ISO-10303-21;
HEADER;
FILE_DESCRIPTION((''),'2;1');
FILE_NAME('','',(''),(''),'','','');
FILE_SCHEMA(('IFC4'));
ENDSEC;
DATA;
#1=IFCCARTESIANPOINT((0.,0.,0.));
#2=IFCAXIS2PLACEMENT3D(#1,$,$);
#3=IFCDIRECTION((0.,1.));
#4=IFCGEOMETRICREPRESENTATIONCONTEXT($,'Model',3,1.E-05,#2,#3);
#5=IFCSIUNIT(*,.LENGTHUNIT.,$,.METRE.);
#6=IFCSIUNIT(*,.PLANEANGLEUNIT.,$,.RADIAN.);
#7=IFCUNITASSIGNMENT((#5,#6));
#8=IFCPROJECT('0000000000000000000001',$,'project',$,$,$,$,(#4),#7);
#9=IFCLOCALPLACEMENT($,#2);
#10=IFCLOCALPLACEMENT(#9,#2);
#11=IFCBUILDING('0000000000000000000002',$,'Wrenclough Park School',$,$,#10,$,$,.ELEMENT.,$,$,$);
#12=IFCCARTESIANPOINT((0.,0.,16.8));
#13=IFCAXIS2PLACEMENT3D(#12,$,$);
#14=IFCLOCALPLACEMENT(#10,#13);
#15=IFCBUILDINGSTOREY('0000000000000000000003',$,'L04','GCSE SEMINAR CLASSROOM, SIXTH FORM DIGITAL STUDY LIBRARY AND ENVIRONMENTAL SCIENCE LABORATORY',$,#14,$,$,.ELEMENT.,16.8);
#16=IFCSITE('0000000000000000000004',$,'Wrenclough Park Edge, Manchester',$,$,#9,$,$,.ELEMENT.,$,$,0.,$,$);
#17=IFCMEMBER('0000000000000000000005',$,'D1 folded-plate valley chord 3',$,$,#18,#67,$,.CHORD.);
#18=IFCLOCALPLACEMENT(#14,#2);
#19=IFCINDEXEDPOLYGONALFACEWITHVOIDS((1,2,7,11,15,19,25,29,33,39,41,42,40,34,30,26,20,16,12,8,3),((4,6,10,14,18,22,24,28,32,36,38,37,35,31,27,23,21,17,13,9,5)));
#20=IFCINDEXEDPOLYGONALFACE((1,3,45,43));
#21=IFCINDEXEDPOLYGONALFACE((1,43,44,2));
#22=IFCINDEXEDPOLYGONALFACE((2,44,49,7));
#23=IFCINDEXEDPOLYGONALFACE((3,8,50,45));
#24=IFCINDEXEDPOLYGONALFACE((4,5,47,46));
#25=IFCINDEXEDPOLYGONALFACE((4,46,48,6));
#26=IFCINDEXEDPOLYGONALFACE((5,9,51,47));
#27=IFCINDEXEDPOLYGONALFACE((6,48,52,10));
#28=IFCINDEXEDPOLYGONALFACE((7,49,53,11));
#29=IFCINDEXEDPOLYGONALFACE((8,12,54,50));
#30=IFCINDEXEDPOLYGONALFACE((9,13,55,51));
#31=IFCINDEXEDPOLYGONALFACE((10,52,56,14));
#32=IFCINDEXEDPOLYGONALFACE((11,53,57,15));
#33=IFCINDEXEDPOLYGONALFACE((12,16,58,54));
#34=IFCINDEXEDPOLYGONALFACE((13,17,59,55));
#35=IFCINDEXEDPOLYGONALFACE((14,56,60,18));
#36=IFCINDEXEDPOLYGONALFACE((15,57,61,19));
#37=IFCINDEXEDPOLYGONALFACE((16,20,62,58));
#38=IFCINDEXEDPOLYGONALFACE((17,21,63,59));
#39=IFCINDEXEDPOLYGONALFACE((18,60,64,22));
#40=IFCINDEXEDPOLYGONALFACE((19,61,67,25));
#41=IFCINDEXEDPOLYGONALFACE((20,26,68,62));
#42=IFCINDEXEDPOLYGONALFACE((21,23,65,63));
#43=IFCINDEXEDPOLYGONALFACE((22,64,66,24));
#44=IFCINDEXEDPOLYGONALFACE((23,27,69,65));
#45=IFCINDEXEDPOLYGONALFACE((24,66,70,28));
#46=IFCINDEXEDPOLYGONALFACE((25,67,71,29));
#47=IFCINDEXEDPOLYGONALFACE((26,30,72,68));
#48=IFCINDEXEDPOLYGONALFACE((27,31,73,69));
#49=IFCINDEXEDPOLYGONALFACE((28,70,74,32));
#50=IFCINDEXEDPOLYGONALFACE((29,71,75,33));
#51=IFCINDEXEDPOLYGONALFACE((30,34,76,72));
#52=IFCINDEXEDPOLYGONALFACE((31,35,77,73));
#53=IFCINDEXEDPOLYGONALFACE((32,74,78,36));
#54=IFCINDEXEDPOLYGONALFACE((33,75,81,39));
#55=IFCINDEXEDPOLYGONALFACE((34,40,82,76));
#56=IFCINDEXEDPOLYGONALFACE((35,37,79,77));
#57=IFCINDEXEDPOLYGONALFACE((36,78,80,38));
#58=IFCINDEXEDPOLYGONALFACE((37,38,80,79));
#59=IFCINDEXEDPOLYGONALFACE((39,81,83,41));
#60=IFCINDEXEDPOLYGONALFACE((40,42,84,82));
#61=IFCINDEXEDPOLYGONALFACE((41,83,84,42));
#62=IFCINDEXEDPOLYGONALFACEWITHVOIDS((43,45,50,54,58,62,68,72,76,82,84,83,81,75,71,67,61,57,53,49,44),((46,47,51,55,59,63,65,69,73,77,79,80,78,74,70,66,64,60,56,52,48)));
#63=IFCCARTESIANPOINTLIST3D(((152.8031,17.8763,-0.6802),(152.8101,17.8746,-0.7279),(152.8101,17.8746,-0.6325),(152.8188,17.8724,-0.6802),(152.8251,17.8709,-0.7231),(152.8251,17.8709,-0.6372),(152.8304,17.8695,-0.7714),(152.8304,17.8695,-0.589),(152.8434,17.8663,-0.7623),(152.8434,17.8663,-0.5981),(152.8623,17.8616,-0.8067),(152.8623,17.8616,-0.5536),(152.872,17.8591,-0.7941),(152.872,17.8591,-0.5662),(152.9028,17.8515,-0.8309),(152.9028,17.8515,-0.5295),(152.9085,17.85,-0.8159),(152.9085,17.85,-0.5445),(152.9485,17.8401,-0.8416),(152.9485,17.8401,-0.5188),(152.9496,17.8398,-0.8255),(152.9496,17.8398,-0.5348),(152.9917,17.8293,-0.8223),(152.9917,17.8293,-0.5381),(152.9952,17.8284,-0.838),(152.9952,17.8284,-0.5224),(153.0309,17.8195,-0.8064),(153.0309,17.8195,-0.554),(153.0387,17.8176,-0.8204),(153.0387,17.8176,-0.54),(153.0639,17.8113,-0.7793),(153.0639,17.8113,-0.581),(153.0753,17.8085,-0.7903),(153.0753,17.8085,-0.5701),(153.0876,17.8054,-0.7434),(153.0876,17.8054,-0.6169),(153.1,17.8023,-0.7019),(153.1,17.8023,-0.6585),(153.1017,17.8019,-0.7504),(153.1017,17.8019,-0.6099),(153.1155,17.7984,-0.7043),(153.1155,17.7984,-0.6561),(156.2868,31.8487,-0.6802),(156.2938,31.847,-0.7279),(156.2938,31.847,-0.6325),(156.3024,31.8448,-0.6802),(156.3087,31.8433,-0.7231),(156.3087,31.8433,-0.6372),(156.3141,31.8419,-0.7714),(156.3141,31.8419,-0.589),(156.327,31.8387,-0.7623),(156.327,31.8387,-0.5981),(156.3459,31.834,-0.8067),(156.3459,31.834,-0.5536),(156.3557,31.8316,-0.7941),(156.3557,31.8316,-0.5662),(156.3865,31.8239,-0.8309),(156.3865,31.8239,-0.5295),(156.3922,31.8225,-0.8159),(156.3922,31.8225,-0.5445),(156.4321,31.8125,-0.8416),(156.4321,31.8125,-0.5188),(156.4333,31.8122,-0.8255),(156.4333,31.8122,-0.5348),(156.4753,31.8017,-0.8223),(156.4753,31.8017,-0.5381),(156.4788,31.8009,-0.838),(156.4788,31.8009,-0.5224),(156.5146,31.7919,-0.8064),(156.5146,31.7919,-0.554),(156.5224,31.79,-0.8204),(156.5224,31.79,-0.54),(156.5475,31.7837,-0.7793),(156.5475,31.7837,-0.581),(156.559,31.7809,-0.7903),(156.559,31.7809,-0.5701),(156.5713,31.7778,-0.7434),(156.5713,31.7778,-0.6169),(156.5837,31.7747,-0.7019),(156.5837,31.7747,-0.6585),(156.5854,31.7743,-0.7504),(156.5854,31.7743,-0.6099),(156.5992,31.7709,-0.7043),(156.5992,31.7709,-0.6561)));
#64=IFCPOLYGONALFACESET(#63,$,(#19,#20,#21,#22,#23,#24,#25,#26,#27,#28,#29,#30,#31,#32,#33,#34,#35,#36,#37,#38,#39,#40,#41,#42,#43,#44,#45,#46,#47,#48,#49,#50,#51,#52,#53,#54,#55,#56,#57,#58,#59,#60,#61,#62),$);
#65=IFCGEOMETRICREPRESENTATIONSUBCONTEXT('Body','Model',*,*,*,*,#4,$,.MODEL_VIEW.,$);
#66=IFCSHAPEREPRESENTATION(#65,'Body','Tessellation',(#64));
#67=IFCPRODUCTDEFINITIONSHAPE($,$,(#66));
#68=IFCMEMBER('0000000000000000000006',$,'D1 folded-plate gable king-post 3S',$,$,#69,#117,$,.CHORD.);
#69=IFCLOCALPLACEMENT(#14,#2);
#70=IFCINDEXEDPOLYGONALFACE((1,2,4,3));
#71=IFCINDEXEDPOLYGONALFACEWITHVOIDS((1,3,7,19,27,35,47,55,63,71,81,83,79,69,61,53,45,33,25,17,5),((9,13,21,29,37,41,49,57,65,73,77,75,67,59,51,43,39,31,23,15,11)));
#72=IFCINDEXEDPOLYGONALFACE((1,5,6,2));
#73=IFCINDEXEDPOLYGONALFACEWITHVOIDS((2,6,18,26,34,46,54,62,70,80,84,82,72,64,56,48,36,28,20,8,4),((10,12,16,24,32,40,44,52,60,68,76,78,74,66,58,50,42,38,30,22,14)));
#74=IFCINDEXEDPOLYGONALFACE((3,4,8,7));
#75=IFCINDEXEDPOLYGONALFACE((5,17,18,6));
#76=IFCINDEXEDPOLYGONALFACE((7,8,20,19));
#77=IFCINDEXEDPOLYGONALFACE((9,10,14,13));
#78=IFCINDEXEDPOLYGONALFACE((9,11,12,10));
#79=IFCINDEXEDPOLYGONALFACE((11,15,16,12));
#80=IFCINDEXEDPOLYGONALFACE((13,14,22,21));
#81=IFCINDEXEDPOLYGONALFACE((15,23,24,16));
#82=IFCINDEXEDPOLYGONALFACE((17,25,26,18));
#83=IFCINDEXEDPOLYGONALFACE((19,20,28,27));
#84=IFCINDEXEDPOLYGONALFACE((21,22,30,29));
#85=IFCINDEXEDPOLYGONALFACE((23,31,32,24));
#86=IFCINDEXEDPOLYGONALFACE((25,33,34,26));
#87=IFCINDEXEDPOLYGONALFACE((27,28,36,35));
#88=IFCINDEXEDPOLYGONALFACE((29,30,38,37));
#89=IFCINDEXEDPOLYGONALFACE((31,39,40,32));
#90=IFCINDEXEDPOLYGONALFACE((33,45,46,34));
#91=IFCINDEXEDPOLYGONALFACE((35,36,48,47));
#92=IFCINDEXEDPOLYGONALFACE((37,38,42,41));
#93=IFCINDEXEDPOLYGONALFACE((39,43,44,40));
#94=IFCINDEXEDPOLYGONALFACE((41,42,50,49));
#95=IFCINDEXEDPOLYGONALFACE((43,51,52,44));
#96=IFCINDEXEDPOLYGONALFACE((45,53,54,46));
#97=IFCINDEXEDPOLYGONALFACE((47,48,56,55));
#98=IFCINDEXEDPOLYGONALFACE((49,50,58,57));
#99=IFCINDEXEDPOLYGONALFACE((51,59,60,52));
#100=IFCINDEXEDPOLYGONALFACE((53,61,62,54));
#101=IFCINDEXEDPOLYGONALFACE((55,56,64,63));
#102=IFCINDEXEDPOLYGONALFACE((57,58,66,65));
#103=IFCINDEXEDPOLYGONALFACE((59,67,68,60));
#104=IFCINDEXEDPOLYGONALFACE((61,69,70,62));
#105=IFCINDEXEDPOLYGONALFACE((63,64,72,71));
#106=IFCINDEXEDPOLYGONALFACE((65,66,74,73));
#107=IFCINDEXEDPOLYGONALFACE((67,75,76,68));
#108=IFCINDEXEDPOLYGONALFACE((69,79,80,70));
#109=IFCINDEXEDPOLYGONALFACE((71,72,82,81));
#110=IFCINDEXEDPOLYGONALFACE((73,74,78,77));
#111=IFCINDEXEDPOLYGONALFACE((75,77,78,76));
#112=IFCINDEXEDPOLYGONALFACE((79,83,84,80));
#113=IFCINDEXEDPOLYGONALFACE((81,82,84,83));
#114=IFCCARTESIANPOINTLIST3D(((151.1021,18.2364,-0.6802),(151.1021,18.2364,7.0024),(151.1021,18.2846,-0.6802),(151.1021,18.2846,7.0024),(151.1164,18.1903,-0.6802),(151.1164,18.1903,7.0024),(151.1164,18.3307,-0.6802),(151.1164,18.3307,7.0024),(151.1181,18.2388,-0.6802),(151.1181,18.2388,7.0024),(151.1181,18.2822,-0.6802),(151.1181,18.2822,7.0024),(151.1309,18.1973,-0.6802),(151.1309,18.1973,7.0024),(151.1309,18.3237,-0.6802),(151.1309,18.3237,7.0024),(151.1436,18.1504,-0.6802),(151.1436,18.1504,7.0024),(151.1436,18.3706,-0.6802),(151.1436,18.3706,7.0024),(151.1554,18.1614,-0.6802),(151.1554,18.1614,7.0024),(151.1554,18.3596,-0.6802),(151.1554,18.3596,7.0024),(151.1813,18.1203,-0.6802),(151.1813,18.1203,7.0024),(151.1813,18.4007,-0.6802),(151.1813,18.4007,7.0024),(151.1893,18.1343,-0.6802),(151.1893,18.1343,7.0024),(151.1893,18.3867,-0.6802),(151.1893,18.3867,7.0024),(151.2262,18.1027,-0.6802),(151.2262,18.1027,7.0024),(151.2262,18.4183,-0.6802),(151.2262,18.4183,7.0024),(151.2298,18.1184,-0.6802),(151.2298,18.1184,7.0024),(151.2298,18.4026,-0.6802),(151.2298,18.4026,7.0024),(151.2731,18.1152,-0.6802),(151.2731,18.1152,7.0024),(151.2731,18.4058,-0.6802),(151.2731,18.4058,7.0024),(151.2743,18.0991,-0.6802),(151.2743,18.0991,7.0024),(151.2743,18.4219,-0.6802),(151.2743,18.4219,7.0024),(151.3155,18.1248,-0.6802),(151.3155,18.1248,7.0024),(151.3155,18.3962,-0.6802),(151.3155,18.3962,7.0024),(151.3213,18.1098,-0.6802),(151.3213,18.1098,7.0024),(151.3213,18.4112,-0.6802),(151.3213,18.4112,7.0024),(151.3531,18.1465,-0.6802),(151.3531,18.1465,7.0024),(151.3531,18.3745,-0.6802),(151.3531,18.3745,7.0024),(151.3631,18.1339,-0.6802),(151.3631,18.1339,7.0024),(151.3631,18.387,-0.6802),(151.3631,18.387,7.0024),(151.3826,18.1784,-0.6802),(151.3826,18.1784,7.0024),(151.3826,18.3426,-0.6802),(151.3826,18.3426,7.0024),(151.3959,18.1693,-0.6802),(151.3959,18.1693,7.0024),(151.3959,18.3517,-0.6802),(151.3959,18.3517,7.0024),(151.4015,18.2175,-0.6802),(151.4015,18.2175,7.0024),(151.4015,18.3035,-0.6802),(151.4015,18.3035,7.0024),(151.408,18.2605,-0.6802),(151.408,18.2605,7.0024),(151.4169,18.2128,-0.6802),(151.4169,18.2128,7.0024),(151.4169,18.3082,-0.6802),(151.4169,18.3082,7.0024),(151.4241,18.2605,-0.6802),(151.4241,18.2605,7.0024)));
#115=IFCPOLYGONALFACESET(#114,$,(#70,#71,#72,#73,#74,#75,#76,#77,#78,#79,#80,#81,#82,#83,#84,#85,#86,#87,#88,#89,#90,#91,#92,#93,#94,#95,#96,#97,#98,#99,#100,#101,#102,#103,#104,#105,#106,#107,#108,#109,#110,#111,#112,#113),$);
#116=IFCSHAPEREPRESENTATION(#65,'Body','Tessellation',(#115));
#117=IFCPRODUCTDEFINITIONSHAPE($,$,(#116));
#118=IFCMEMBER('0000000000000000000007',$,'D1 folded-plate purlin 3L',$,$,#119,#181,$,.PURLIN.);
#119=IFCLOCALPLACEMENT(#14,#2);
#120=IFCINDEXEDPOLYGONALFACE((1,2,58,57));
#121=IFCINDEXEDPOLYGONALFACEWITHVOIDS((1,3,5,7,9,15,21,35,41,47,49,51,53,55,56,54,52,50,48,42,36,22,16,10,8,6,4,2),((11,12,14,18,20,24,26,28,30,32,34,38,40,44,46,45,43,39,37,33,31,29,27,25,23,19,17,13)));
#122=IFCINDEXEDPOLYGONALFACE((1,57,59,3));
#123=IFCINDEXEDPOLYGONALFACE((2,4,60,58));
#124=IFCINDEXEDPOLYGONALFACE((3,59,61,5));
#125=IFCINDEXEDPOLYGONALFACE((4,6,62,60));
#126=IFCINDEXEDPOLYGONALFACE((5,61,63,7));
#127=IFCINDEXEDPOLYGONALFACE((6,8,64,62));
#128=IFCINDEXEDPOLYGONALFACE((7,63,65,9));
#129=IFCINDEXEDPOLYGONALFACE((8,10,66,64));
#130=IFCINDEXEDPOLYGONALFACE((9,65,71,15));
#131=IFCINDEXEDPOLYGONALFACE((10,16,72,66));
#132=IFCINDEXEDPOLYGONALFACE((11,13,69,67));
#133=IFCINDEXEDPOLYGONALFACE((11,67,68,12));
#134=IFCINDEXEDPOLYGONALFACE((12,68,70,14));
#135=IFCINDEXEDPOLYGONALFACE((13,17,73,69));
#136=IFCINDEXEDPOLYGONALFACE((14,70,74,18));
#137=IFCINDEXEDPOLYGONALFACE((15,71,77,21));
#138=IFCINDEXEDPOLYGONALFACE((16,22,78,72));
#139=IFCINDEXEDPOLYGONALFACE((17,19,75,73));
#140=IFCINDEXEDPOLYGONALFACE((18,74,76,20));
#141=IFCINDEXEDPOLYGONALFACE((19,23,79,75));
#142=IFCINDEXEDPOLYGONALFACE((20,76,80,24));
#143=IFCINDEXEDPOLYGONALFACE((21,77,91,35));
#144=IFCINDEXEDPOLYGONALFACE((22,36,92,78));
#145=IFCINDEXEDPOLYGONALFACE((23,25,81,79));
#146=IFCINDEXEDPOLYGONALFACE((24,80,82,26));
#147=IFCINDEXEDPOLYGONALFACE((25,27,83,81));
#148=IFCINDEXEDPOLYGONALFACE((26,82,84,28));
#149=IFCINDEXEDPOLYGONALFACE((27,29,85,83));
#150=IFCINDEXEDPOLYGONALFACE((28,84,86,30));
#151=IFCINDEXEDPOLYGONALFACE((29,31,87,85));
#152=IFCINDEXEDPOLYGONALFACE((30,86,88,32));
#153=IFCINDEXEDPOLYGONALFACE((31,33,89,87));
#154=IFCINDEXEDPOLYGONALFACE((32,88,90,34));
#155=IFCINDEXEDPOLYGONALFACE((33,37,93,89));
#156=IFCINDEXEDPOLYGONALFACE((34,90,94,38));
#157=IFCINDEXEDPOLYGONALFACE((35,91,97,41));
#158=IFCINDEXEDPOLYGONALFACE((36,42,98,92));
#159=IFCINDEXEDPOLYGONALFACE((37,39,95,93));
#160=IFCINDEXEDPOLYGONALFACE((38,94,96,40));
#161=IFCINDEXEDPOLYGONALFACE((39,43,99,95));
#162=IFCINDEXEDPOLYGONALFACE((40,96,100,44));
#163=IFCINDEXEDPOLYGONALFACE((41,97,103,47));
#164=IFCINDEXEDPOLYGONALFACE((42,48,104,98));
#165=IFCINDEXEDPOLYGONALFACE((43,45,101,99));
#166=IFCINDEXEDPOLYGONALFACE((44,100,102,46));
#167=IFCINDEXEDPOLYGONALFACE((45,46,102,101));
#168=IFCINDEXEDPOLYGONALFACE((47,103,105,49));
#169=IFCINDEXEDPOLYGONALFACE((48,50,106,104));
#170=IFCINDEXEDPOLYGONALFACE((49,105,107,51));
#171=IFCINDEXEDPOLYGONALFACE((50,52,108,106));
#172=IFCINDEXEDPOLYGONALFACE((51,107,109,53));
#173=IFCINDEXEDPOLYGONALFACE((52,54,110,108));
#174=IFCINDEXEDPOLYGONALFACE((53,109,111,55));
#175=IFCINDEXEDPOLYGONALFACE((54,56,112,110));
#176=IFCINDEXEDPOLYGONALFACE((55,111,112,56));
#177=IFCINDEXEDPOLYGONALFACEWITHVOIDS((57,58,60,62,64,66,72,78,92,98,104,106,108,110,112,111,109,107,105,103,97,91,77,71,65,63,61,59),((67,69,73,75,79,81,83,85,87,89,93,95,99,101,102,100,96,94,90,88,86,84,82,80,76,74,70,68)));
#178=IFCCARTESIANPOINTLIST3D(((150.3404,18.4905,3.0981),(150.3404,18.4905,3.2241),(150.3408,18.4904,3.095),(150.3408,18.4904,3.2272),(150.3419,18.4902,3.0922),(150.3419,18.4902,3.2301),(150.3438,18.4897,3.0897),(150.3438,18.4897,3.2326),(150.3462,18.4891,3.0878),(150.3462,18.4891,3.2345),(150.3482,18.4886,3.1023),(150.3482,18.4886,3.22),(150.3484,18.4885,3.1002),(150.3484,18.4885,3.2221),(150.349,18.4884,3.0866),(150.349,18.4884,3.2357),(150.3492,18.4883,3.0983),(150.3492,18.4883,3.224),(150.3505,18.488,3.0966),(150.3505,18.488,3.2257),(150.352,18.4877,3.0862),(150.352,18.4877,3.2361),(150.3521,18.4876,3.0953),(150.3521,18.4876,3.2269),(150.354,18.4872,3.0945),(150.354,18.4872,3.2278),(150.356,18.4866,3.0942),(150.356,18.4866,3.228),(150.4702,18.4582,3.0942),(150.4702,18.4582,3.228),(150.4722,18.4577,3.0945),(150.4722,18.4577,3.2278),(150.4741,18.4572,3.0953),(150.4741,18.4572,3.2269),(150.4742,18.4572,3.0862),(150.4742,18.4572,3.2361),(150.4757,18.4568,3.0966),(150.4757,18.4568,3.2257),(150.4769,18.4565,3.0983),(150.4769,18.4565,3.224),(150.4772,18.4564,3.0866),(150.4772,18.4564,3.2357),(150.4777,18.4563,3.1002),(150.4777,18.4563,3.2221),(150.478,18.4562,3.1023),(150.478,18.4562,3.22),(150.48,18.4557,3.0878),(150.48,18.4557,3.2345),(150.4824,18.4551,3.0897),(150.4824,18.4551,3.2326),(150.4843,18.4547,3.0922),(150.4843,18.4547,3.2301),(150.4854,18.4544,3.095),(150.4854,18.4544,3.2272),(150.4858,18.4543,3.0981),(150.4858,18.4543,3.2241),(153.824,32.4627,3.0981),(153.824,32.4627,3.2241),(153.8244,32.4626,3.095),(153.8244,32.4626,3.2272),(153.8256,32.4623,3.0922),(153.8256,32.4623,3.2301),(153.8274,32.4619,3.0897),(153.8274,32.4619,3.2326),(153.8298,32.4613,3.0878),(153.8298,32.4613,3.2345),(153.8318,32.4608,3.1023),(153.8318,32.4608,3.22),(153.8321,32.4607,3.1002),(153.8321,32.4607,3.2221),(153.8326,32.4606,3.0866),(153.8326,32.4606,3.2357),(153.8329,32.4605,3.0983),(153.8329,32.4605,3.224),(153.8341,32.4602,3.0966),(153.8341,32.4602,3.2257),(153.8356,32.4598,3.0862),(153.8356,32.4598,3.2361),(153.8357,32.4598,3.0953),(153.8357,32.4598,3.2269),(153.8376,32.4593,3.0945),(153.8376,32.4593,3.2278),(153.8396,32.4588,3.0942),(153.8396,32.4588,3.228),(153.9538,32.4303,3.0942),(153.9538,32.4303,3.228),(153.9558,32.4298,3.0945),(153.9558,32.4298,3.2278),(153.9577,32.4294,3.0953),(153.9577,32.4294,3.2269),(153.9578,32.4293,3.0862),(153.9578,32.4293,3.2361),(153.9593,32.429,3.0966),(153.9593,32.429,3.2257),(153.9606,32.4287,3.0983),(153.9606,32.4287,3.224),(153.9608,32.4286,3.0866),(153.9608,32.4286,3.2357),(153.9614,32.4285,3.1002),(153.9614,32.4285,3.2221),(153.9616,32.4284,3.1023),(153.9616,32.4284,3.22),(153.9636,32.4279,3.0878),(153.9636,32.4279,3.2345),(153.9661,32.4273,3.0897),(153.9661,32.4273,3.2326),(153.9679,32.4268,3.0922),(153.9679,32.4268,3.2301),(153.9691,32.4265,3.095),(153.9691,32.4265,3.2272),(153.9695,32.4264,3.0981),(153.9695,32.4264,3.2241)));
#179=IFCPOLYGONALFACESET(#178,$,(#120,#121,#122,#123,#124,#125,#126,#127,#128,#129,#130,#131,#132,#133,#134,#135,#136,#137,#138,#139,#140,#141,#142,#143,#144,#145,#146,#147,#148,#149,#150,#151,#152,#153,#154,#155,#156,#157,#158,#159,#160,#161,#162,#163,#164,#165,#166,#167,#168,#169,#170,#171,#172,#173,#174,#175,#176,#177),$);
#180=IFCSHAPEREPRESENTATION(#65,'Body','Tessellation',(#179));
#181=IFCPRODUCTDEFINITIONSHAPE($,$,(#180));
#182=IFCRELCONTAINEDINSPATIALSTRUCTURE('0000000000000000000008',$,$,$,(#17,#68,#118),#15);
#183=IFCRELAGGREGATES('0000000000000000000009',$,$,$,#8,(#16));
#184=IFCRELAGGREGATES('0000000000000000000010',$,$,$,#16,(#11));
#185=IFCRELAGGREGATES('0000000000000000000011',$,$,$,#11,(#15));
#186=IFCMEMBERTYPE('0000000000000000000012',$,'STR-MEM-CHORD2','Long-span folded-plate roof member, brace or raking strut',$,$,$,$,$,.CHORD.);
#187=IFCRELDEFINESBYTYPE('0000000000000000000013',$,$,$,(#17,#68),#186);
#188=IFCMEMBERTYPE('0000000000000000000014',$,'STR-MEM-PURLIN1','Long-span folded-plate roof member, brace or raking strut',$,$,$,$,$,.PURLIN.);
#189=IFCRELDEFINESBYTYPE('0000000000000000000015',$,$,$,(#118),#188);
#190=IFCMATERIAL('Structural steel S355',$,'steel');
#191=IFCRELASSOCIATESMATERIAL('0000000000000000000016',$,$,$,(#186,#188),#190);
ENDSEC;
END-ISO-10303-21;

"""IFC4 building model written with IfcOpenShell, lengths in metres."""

from ifc_helpers import new_model, si_unit, direction, frame, origin, origin_2d, place, context, subcontext, project, spatial, hollow_rectangle, hollow_circle, extrude, material, material_profile, profile_set, type_object, element, save


model = new_model("IFC4")

# Units and contexts
model_context = context("Model", 3, precision=1e-05, world=origin(), true_north=direction((0.0, 1.0)))
body_context = subcontext(model_context, "Body", "Model", "MODEL_VIEW")
ifc_project = project(units=[si_unit("LENGTHUNIT", "METRE"), si_unit("PLANEANGLEUNIT", "RADIAN")], contexts=[model_context])

# Site, building, storey
site_placement = place(None, origin())
site = spatial("IfcSite", under=ifc_project, at=site_placement, Name="Wrenclough Park Edge, Manchester", CompositionType="ELEMENT", RefElevation=0.0)
building_placement = place(site_placement, origin())
building = spatial("IfcBuilding", under=site, at=building_placement, Name="Wrenclough Park School", CompositionType="ELEMENT")
storey_placement = place(building_placement, frame((0.0, 0.0, 16.8)))
storey = spatial("IfcBuildingStorey", under=building, at=storey_placement, Name="L04", Description="GCSE SEMINAR CLASSROOM, SIXTH FORM DIGITAL STUDY LIBRARY AND ENVIRONMENTAL SCIENCE LABORATORY", CompositionType="ELEMENT", Elevation=16.8)

# Members
ifc_material_1 = material(Name="Structural steel S355", Category="steel")
ifc_material_profile_1 = material_profile(ifc_material_1, hollow_circle(Radius=0.1619, WallThickness=0.0161, at=origin_2d()), Name="CHS 323.9x16.0")
ifc_profile_set_1 = profile_set([ifc_material_profile_1], Name="Structural steel S355")
member_type_1 = type_object("IfcMemberType", Name="STR-MEM-CHORD2", Description="Long-span folded-plate roof member, brace or raking strut", PredefinedType="CHORD", material=ifc_profile_set_1)
member_1_placement = place(storey_placement, frame((152.9602, 17.8372, -0.6802), z_axis=(0.241917, 0.970297, 0.0), x_axis=(-0.970297, 0.241917, 0.0)))
element("IfcMember", 1, at=member_1_placement, inside=storey, type_object=member_type_1, Name="D1 folded-plate valley chord 3", PredefinedType="CHORD", context=body_context, shape_type="SweptSolid", body=[
    extrude(hollow_circle(Radius=0.1619, WallThickness=0.0161, at=origin_2d()), origin(), (0.0, 0.0, 1.0), 14.4001),
])
member_2_placement = place(storey_placement, frame((151.2622, 18.2605, -0.6802), z_axis=(0.0, 0.0, 1.0), x_axis=(1.0, 0.0, 0.0)))
element("IfcMember", 2, at=member_2_placement, inside=storey, type_object=member_type_1, Name="D1 folded-plate gable king-post 3S", PredefinedType="CHORD", context=body_context, shape_type="SweptSolid", body=[
    extrude(hollow_circle(Radius=0.1619, WallThickness=0.0161, at=origin_2d()), origin(), (0.0, 0.0, 1.0), 7.6826),
])
ifc_material_profile_2 = material_profile(ifc_material_1, hollow_rectangle(XDim=0.1499, YDim=0.1499, WallThickness=0.0081, InnerFilletRadius=0.0081, OuterFilletRadius=0.012, at=origin_2d()), Name="SHS 150x150x8.0")
ifc_profile_set_2 = profile_set([ifc_material_profile_2], Name="Structural steel S355")
member_type_2 = type_object("IfcMemberType", Name="STR-MEM-PURLIN1", Description="Long-span folded-plate roof member, brace or raking strut", PredefinedType="PURLIN", material=ifc_profile_set_2)
member_3_placement = place(storey_placement, frame((150.4131, 18.4724, 3.1611), z_axis=(0.241921, 0.970296, 0.0), x_axis=(-0.970296, 0.241921, 0.0)))
element("IfcMember", 3, at=member_3_placement, inside=storey, type_object=member_type_2, Name="D1 folded-plate purlin 3L", PredefinedType="PURLIN", context=body_context, shape_type="SweptSolid", body=[
    extrude(hollow_rectangle(XDim=0.1499, YDim=0.1499, WallThickness=0.0081, InnerFilletRadius=0.0081, OuterFilletRadius=0.012, at=origin_2d()), origin(), (0.0, 0.0, 1.0), 14.3999),
])

save(model, "model.ifc")
